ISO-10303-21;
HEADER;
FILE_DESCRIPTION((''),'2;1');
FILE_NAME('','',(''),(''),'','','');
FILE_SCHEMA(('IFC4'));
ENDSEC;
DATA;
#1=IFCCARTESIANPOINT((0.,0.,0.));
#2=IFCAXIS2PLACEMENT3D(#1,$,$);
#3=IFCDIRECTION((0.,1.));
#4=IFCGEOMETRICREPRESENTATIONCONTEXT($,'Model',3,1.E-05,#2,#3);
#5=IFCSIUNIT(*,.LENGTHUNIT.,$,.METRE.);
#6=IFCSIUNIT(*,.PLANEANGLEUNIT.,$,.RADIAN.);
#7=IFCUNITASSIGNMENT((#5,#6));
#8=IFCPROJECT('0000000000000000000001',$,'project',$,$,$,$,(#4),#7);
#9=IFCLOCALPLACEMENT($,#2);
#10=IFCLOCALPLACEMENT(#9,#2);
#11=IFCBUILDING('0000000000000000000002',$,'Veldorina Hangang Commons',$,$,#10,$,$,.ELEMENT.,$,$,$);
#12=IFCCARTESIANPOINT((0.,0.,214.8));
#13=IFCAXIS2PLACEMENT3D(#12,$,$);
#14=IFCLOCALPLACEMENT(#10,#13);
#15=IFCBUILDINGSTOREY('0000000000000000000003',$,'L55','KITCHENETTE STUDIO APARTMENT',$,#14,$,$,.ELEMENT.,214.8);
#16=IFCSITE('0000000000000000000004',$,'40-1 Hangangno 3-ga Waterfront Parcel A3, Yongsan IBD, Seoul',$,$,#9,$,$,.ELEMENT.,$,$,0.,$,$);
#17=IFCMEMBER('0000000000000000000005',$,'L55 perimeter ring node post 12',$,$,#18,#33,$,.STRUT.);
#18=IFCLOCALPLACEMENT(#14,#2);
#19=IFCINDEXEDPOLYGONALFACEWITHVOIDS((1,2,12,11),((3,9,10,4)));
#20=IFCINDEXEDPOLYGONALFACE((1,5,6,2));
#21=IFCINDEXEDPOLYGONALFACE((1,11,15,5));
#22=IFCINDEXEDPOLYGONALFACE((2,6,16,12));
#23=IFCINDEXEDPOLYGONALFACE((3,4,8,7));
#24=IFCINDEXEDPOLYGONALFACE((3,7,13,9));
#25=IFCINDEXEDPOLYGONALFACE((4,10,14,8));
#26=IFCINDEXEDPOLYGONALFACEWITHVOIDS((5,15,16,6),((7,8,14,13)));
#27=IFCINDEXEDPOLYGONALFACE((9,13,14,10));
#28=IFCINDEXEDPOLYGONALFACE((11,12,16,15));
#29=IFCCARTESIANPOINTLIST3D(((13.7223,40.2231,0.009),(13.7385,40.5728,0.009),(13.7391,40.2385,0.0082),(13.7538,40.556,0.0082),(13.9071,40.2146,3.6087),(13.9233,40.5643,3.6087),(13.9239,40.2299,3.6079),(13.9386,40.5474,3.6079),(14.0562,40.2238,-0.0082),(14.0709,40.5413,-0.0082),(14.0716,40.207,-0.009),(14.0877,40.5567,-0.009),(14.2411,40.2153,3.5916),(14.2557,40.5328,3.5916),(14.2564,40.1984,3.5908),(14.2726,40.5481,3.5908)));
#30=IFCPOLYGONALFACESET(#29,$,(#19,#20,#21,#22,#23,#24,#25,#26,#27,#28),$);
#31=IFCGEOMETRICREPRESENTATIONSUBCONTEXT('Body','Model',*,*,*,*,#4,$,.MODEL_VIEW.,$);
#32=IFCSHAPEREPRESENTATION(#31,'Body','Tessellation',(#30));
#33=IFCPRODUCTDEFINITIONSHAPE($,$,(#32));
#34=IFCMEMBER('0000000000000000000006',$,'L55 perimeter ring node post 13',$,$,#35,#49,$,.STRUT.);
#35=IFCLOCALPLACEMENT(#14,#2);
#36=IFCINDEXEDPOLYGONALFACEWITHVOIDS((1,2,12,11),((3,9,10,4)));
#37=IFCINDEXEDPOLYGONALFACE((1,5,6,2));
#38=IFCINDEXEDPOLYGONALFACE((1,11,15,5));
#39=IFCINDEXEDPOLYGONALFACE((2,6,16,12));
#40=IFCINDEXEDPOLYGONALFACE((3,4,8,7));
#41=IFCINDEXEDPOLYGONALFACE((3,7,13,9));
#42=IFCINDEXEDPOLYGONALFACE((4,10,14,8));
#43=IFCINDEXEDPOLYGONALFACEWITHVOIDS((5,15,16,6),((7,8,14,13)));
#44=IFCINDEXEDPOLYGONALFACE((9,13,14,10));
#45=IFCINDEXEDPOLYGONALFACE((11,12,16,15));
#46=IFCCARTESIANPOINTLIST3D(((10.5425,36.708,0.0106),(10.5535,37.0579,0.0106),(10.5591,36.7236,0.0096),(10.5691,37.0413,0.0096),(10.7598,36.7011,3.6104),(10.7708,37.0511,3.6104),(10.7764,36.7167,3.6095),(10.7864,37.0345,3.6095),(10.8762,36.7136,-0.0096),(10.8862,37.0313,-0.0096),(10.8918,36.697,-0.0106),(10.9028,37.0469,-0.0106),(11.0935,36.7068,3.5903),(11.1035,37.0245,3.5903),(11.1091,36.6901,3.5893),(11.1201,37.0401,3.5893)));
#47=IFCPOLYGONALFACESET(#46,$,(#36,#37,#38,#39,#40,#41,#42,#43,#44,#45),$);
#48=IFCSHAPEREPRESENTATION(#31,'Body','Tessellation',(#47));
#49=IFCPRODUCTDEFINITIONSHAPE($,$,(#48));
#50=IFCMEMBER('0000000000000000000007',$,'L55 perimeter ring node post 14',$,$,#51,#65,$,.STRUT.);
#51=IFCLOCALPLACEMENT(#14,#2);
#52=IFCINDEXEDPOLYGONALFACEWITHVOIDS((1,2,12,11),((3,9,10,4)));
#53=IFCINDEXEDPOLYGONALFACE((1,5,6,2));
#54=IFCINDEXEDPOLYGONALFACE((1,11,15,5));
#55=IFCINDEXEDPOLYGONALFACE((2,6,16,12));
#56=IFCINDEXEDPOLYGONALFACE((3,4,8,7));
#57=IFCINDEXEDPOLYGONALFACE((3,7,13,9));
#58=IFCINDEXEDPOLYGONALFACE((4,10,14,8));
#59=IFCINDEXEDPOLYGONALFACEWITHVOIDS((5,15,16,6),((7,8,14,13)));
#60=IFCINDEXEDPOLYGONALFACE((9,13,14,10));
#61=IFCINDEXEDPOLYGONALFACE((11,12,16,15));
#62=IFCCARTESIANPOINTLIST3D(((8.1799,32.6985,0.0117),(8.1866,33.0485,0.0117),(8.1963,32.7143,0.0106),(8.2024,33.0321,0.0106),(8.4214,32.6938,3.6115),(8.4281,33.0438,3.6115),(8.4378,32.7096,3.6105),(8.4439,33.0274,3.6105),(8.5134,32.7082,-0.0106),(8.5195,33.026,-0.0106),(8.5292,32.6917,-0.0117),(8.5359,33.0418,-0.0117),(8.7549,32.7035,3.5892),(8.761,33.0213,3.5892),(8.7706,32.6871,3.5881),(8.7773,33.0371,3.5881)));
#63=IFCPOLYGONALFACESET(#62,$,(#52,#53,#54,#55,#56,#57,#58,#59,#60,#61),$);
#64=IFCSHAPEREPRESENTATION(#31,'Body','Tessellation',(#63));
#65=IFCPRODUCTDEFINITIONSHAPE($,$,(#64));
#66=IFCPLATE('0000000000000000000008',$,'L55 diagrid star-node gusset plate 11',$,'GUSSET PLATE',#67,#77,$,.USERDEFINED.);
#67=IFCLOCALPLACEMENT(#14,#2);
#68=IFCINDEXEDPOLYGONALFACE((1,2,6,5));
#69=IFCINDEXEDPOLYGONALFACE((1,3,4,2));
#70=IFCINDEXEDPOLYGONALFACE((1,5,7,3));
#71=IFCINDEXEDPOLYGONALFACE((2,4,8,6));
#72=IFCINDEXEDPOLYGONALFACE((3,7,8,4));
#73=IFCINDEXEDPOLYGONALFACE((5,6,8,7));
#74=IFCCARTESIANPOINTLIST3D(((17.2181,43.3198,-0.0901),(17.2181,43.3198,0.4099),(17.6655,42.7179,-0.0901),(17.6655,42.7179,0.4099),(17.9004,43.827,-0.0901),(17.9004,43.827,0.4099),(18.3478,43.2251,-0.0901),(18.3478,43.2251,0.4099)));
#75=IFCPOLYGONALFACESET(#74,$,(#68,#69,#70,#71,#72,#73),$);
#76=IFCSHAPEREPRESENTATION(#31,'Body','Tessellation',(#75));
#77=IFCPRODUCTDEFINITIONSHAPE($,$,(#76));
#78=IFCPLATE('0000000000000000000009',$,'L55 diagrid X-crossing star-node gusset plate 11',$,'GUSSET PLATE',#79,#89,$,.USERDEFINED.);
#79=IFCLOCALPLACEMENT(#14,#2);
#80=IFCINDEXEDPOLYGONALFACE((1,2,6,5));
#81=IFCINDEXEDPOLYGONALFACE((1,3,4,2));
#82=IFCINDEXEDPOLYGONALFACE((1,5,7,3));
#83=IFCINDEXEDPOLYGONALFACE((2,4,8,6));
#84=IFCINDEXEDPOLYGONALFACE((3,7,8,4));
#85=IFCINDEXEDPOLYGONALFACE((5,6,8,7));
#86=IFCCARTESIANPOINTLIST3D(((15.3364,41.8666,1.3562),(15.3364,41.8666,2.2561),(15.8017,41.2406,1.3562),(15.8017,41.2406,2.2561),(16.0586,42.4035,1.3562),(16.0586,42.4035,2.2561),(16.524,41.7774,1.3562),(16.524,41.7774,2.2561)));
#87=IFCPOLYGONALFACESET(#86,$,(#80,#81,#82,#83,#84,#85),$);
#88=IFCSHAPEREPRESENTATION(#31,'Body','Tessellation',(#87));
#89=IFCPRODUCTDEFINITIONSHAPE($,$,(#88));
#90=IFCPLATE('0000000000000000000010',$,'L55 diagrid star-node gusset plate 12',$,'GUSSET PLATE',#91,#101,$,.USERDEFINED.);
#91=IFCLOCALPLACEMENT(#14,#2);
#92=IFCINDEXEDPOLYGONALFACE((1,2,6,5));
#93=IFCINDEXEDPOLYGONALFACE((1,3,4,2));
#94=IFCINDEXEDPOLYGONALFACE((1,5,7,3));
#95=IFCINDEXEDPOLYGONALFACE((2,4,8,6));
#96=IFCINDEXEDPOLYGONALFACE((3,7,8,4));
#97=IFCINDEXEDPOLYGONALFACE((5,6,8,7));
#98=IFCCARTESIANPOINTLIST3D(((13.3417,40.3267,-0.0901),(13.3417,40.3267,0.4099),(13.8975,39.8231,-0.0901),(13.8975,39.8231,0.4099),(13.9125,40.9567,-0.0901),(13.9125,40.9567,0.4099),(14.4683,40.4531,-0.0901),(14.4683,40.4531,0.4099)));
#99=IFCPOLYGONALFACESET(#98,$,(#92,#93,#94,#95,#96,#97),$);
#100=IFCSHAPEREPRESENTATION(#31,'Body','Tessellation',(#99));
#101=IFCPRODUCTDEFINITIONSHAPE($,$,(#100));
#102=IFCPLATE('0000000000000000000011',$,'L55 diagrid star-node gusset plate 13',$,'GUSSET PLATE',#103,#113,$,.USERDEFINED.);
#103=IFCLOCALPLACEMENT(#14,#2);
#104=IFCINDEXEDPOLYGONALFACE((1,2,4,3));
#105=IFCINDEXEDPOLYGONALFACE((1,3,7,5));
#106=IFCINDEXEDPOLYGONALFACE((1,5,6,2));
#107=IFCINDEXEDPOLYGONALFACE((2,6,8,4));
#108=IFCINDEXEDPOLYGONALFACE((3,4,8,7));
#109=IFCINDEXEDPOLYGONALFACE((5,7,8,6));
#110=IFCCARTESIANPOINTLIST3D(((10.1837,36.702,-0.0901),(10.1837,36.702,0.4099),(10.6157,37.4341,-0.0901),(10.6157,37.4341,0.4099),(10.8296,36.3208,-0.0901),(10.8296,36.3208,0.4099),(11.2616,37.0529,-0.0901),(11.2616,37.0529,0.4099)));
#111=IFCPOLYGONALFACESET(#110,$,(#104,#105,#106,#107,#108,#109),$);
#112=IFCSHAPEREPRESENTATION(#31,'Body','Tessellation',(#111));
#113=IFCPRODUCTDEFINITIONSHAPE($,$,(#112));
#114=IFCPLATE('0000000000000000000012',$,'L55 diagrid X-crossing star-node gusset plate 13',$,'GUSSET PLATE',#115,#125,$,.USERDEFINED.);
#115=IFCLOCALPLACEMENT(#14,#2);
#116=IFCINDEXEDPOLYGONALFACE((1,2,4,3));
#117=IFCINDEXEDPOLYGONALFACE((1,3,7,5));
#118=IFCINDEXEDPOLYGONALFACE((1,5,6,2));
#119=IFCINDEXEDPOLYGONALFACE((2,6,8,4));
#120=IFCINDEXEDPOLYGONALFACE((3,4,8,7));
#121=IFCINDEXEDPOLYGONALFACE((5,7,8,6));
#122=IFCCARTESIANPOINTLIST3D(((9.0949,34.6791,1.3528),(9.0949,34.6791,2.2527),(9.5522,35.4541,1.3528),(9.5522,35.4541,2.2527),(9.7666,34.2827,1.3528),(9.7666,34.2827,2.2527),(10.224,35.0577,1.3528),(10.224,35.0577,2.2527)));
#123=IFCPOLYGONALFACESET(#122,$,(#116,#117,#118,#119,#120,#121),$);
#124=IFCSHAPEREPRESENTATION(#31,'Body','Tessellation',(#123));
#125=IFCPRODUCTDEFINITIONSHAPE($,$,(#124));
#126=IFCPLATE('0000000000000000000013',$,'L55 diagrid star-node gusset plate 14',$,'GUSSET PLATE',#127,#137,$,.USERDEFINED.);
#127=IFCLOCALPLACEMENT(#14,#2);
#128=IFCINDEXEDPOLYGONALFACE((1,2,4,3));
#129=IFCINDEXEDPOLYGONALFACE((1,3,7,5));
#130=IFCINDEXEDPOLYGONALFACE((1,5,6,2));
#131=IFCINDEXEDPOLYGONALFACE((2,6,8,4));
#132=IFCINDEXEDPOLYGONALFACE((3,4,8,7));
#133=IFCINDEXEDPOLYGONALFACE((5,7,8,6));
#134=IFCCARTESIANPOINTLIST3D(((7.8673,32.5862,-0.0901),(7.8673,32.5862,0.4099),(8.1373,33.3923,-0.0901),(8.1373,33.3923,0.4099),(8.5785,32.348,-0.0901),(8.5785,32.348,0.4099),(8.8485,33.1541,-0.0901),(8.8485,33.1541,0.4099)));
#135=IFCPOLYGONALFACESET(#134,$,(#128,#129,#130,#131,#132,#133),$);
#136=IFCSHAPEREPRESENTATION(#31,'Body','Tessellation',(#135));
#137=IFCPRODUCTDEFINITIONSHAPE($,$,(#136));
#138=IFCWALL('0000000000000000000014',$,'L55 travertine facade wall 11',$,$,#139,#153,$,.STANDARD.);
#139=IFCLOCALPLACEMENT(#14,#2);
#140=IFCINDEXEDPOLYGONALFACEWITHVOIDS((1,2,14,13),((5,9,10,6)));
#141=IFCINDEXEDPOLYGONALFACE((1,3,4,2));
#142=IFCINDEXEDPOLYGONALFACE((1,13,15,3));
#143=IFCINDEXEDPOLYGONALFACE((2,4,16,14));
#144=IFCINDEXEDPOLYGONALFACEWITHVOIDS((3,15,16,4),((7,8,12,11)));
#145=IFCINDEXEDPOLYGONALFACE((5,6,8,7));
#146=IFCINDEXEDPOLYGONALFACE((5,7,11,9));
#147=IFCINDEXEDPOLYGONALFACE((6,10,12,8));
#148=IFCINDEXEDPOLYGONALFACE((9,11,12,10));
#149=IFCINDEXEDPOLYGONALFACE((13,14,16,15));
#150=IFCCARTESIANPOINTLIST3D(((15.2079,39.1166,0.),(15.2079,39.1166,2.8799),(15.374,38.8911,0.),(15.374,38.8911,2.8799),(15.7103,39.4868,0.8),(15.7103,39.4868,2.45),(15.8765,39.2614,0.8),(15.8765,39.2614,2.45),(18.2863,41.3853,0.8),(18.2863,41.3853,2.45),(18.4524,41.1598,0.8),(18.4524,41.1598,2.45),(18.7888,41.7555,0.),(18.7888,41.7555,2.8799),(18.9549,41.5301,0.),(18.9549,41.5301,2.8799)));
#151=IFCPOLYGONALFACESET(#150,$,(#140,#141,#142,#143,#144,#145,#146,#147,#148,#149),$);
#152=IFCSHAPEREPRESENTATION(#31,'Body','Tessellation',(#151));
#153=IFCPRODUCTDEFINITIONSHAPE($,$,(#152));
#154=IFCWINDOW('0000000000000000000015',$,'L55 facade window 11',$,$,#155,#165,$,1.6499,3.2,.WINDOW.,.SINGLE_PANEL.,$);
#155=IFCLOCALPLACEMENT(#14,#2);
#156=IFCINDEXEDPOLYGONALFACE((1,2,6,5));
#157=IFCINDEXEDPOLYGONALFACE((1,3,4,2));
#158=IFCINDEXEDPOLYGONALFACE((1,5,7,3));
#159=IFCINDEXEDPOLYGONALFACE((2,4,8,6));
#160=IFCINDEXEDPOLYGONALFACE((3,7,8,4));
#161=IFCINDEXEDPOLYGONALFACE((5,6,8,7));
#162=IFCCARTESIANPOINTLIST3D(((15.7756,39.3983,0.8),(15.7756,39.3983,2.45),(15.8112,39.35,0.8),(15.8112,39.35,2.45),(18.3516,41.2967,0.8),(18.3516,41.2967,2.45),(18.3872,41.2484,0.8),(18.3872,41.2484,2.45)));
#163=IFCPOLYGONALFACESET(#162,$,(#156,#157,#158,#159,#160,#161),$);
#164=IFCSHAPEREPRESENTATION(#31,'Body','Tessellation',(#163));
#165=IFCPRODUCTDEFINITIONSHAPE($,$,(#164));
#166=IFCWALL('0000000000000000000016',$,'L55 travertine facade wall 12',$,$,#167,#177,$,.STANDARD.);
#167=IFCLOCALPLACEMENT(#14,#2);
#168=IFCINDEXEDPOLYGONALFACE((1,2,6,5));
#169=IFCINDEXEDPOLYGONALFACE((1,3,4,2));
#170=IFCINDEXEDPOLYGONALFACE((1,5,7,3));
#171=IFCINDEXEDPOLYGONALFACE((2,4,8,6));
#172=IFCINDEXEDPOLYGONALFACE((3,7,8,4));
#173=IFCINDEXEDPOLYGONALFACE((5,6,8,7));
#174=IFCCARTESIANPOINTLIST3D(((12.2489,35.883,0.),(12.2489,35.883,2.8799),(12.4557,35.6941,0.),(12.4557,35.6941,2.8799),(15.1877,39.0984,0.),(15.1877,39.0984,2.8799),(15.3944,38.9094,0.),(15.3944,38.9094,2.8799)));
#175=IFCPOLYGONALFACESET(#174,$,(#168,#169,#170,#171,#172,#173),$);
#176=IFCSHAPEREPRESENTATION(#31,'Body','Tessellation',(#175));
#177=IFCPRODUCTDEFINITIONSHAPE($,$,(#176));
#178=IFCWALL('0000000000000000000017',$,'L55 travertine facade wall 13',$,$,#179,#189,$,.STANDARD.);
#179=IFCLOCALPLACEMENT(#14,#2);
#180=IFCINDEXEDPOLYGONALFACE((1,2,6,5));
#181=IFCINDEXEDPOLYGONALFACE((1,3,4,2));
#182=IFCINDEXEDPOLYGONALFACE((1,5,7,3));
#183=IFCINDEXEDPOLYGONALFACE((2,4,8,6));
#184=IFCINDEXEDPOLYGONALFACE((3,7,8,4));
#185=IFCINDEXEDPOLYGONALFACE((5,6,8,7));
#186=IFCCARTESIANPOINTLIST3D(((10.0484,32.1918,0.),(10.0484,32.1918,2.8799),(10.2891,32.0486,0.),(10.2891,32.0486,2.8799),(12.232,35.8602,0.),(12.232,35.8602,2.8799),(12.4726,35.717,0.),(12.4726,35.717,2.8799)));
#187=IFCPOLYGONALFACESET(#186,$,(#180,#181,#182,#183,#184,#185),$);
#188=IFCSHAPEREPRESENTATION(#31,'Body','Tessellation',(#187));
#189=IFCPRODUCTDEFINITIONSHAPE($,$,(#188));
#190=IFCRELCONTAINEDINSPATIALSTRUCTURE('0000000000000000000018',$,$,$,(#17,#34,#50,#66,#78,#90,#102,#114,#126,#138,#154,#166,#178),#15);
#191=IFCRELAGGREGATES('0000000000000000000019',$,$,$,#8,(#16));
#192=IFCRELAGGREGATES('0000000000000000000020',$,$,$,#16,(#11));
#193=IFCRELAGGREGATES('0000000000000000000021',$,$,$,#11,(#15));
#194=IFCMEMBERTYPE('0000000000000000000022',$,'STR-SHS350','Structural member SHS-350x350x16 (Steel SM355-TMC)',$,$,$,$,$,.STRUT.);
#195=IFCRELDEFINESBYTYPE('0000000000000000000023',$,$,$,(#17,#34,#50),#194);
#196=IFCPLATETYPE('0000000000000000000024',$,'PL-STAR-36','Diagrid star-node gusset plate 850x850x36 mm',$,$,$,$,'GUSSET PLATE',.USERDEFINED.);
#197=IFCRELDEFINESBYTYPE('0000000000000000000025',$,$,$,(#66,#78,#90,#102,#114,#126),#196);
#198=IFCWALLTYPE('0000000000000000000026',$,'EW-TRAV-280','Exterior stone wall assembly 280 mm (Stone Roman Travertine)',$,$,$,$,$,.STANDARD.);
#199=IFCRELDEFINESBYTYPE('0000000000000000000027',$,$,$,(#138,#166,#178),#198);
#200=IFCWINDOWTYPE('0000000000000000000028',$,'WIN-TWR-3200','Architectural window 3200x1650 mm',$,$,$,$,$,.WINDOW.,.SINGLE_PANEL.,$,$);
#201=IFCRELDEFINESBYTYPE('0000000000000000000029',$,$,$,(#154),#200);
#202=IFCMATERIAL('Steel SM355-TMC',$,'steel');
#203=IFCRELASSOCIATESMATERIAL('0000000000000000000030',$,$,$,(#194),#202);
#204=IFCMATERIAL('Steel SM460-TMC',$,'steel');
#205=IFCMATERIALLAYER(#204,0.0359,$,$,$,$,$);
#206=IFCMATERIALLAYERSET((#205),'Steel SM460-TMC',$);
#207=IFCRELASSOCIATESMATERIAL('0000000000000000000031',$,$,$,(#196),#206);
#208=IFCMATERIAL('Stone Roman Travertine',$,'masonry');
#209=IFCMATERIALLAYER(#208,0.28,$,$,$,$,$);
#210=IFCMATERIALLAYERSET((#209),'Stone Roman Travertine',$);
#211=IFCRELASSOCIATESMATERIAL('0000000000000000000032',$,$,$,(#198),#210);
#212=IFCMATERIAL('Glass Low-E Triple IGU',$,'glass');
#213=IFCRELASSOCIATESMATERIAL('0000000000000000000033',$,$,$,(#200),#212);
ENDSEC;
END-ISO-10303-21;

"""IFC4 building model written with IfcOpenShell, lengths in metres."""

from ifc_helpers import new_model, si_unit, direction, frame, frame_2d, origin, origin_2d, place, context, subcontext, project, spatial, rectangle, hollow_rectangle, extrude, material, layer, layer_set, material_profile, profile_set, type_object, element, fill, save


model = new_model("IFC4")

# Units and contexts
model_context = context("Model", 3, precision=1e-05, world=origin(), true_north=direction((0.0, 1.0)))
body_context = subcontext(model_context, "Body", "Model", "MODEL_VIEW")
ifc_project = project(units=[si_unit("LENGTHUNIT", "METRE"), si_unit("PLANEANGLEUNIT", "RADIAN")], contexts=[model_context])

# Site, building, storey
site_placement = place(None, origin())
site = spatial("IfcSite", under=ifc_project, at=site_placement, Name="40-1 Hangangno 3-ga Waterfront Parcel A3, Yongsan IBD, Seoul", CompositionType="ELEMENT", RefElevation=0.0)
building_placement = place(site_placement, origin())
building = spatial("IfcBuilding", under=site, at=building_placement, Name="Veldorina Hangang Commons", CompositionType="ELEMENT")
storey_placement = place(building_placement, frame((0.0, 0.0, 214.8)))
storey = spatial("IfcBuildingStorey", under=building, at=storey_placement, Name="L55", Description="KITCHENETTE STUDIO APARTMENT", CompositionType="ELEMENT", Elevation=214.8)

# Shared definitions
ifc_material_1 = material(Name="Steel SM355-TMC", Category="steel")

# Members
ifc_material_profile_1 = material_profile(ifc_material_1, hollow_rectangle(XDim=0.3501, YDim=0.3501, WallThickness=0.0161, at=origin_2d()), Name="SHS-350x350x16")
ifc_profile_set_1 = profile_set([ifc_material_profile_1], Name="Steel SM355-TMC")
member_type_1 = type_object("IfcMemberType", Name="STR-SHS350", Description="Structural member SHS-350x350x16 (Steel SM355-TMC)", PredefinedType="STRUT", material=ifc_profile_set_1)
member_1_placement = place(storey_placement, frame((13.905, 40.3899, 0.0), z_axis=(0.051272, -0.002371, 0.998682), x_axis=(0.046186, 0.998933, 0.0)))
element("IfcMember", 1, at=member_1_placement, inside=storey, type_object=member_type_1, Name="L55 perimeter ring node post 12", PredefinedType="STRUT", context=body_context, shape_type="SweptSolid", body=[
    extrude(hollow_rectangle(XDim=0.3501, YDim=0.3501, WallThickness=0.0161, at=origin_2d()), origin(), (0.0, 0.0, 1.0), 3.6045),
])
member_2_placement = place(storey_placement, frame((10.7227, 36.8774, 0.0), z_axis=(0.06025, -0.001895, 0.998182), x_axis=(0.031445, 0.999505, 0.0)))
element("IfcMember", 2, at=member_2_placement, inside=storey, type_object=member_type_1, Name="L55 perimeter ring node post 13", PredefinedType="STRUT", context=body_context, shape_type="SweptSolid", body=[
    extrude(hollow_rectangle(XDim=0.3501, YDim=0.3501, WallThickness=0.0161, at=origin_2d()), origin(), (0.0, 0.0, 1.0), 3.6064),
])
member_3_placement = place(storey_placement, frame((8.3579, 32.8701, 0.0), z_axis=(0.066923, -0.001286, 0.997757), x_axis=(0.019208, 0.999816, 0.0)))
element("IfcMember", 3, at=member_3_placement, inside=storey, type_object=member_type_1, Name="L55 perimeter ring node post 14", PredefinedType="STRUT", context=body_context, shape_type="SweptSolid", body=[
    extrude(hollow_rectangle(XDim=0.3501, YDim=0.3501, WallThickness=0.0161, at=origin_2d()), origin(), (0.0, 0.0, 1.0), 3.6079),
])

# Plates
ifc_material_2 = material(Name="Steel SM460-TMC", Category="steel")
ifc_layer_1 = layer(ifc_material_2, 0.0359)
ifc_layer_set_1 = layer_set([ifc_layer_1], Name="Steel SM460-TMC")
plate_type = type_object("IfcPlateType", Name="PL-STAR-36", Description="Diagrid star-node gusset plate 850x850x36 mm", ElementType="GUSSET PLATE", PredefinedType="USERDEFINED", material=ifc_layer_set_1)
plate_1_placement = place(storey_placement, frame((17.783, 43.2725, -0.0901), z_axis=(0.0, 0.0, 1.0), x_axis=(-0.802557, -0.596575, 0.0)))
element("IfcPlate", 4, at=plate_1_placement, inside=storey, type_object=plate_type, Name="L55 diagrid star-node gusset plate 11", ObjectType="GUSSET PLATE", PredefinedType="USERDEFINED", context=body_context, shape_type="SweptSolid", body=[
    extrude(rectangle(XDim=0.8501, YDim=0.75, at=origin_2d()), origin(), (0.0, 0.0, 1.0), 0.5),
])
plate_2_placement = place(storey_placement, frame((15.9302, 41.822, 1.3562), z_axis=(0.0, 0.0, 1.0), x_axis=(-0.802557, -0.596575, 0.0)))
element("IfcPlate", 5, at=plate_2_placement, inside=storey, type_object=plate_type, Name="L55 diagrid X-crossing star-node gusset plate 11", ObjectType="GUSSET PLATE", PredefinedType="USERDEFINED", context=body_context, shape_type="SweptSolid", body=[
    extrude(rectangle(XDim=0.8999, YDim=0.78, at=origin_2d()), origin(), (0.0, 0.0, 1.0), 0.8999),
])
for number, where, z_axis, x_axis, name in (
    (6, (13.905, 40.3899, -0.0901), (0.0, 0.0, 1.0), (-0.671436, -0.741062, 0.0), "L55 diagrid star-node gusset plate 12"),
    (7, (10.7227, 36.8774, -0.0901), (0.0, 0.0, 1.0), (-0.508215, -0.86123, 0.0), "L55 diagrid star-node gusset plate 13"),
):
    element("IfcPlate", number, at=place(storey_placement, frame(where, z_axis=z_axis, x_axis=x_axis)), inside=storey, type_object=plate_type, Name=name, ObjectType="GUSSET PLATE", PredefinedType="USERDEFINED", context=body_context, shape_type="SweptSolid", body=[
        extrude(rectangle(XDim=0.8501, YDim=0.75, at=origin_2d()), origin(), (0.0, 0.0, 1.0), 0.5),
    ])
plate_3_placement = place(storey_placement, frame((9.6594, 34.8684, 1.3528), z_axis=(0.0, 0.0, 1.0), x_axis=(-0.508215, -0.86123, 0.0)))
element("IfcPlate", 8, at=plate_3_placement, inside=storey, type_object=plate_type, Name="L55 diagrid X-crossing star-node gusset plate 13", ObjectType="GUSSET PLATE", PredefinedType="USERDEFINED", context=body_context, shape_type="SweptSolid", body=[
    extrude(rectangle(XDim=0.8999, YDim=0.78, at=origin_2d()), origin(), (0.0, 0.0, 1.0), 0.8999),
])
plate_4_placement = place(storey_placement, frame((8.3579, 32.8701, -0.0901), z_axis=(0.0, 0.0, 1.0), x_axis=(-0.317569, -0.948235, 0.0)))
element("IfcPlate", 9, at=plate_4_placement, inside=storey, type_object=plate_type, Name="L55 diagrid star-node gusset plate 14", ObjectType="GUSSET PLATE", PredefinedType="USERDEFINED", context=body_context, shape_type="SweptSolid", body=[
    extrude(rectangle(XDim=0.8501, YDim=0.75, at=origin_2d()), origin(), (0.0, 0.0, 1.0), 0.5),
])

# Wall, opening, window
ifc_material_3 = material(Name="Stone Roman Travertine", Category="masonry")
ifc_layer_2 = layer(ifc_material_3, 0.28)
ifc_layer_set_2 = layer_set([ifc_layer_2], Name="Stone Roman Travertine")
wall_type_1 = type_object("IfcWallType", Name="EW-TRAV-280", Description="Exterior stone wall assembly 280 mm (Stone Roman Travertine)", PredefinedType="STANDARD", material=ifc_layer_set_2)
wall_1_placement = place(storey_placement, frame((18.8718, 41.6428, 0.0), z_axis=(0.0, 0.0, 1.0), x_axis=(-0.80501, -0.593261, 0.0)))
wall_1 = element("IfcWall", 10, at=wall_1_placement, inside=storey, type_object=wall_type_1, Name="L55 travertine facade wall 11", PredefinedType="STANDARD", context=body_context, shape_type="SweptSolid", body=[
    extrude(rectangle(XDim=4.4482, YDim=0.28, at=frame_2d((2.2241, 0.0))), origin(), (0.0, 0.0, 1.0), 2.8799),
])
opening_1_placement = place(wall_1_placement, frame((0.624, 0.0, 0.8)))
opening_1 = element("IfcOpeningElement", 11, at=opening_1_placement, cuts=wall_1, PredefinedType="OPENING", context=body_context, shape_type="SweptSolid", body=[
    extrude(rectangle(XDim=3.2, YDim=1.6499, at=frame_2d((1.6001, 0.825))), frame((0.0, 0.1499, 0.0), z_axis=(0.0, -1.0, 0.0), x_axis=(1.0, 0.0, 0.0)), (0.0, 0.0, 1.0), 0.3),
])
ifc_material_4 = material(Name="Glass Low-E Triple IGU", Category="glass")
window_type = type_object("IfcWindowType", Name="WIN-TWR-3200", Description="Architectural window 3200x1650 mm", PartitioningType="SINGLE_PANEL", PredefinedType="WINDOW", material=ifc_material_4)
window_placement = place(opening_1_placement, origin())
window = element("IfcWindow", 12, at=window_placement, inside=storey, type_object=window_type, Name="L55 facade window 11", OverallHeight=1.6499, OverallWidth=3.2, PartitioningType="SINGLE_PANEL", PredefinedType="WINDOW", context=body_context, shape_type="SweptSolid", body=[
    extrude(rectangle(XDim=3.2, YDim=1.6499, at=frame_2d((1.6001, 0.825))), frame((0.0, 0.03, 0.0), z_axis=(0.0, -1.0, 0.0), x_axis=(1.0, 0.0, 0.0)), (0.0, 0.0, 1.0), 0.0601),
])
fill(opening_1, window)

# Walls
wall_2_placement = place(storey_placement, frame((15.291, 39.0039, 0.0), z_axis=(0.0, 0.0, 1.0), x_axis=(-0.674643, -0.738144, 0.0)))
element("IfcWall", 13, at=wall_2_placement, inside=storey, type_object=wall_type_1, Name="L55 travertine facade wall 12", PredefinedType="STANDARD", context=body_context, shape_type="SweptSolid", body=[
    extrude(rectangle(XDim=4.356, YDim=0.28, at=frame_2d((2.178, 0.0))), origin(), (0.0, 0.0, 1.0), 2.8799),
])
wall_3_placement = place(storey_placement, frame((12.3523, 35.7886, 0.0), z_axis=(0.0, 0.0, 1.0), x_axis=(-0.511482, -0.859294, 0.0)))
element("IfcWall", 14, at=wall_3_placement, inside=storey, type_object=wall_type_1, Name="L55 travertine facade wall 13", PredefinedType="STANDARD", context=body_context, shape_type="SweptSolid", body=[
    extrude(rectangle(XDim=4.269, YDim=0.28, at=frame_2d((2.1345, 0.0))), origin(), (0.0, 0.0, 1.0), 2.8799),
])

save(model, "model.ifc")
